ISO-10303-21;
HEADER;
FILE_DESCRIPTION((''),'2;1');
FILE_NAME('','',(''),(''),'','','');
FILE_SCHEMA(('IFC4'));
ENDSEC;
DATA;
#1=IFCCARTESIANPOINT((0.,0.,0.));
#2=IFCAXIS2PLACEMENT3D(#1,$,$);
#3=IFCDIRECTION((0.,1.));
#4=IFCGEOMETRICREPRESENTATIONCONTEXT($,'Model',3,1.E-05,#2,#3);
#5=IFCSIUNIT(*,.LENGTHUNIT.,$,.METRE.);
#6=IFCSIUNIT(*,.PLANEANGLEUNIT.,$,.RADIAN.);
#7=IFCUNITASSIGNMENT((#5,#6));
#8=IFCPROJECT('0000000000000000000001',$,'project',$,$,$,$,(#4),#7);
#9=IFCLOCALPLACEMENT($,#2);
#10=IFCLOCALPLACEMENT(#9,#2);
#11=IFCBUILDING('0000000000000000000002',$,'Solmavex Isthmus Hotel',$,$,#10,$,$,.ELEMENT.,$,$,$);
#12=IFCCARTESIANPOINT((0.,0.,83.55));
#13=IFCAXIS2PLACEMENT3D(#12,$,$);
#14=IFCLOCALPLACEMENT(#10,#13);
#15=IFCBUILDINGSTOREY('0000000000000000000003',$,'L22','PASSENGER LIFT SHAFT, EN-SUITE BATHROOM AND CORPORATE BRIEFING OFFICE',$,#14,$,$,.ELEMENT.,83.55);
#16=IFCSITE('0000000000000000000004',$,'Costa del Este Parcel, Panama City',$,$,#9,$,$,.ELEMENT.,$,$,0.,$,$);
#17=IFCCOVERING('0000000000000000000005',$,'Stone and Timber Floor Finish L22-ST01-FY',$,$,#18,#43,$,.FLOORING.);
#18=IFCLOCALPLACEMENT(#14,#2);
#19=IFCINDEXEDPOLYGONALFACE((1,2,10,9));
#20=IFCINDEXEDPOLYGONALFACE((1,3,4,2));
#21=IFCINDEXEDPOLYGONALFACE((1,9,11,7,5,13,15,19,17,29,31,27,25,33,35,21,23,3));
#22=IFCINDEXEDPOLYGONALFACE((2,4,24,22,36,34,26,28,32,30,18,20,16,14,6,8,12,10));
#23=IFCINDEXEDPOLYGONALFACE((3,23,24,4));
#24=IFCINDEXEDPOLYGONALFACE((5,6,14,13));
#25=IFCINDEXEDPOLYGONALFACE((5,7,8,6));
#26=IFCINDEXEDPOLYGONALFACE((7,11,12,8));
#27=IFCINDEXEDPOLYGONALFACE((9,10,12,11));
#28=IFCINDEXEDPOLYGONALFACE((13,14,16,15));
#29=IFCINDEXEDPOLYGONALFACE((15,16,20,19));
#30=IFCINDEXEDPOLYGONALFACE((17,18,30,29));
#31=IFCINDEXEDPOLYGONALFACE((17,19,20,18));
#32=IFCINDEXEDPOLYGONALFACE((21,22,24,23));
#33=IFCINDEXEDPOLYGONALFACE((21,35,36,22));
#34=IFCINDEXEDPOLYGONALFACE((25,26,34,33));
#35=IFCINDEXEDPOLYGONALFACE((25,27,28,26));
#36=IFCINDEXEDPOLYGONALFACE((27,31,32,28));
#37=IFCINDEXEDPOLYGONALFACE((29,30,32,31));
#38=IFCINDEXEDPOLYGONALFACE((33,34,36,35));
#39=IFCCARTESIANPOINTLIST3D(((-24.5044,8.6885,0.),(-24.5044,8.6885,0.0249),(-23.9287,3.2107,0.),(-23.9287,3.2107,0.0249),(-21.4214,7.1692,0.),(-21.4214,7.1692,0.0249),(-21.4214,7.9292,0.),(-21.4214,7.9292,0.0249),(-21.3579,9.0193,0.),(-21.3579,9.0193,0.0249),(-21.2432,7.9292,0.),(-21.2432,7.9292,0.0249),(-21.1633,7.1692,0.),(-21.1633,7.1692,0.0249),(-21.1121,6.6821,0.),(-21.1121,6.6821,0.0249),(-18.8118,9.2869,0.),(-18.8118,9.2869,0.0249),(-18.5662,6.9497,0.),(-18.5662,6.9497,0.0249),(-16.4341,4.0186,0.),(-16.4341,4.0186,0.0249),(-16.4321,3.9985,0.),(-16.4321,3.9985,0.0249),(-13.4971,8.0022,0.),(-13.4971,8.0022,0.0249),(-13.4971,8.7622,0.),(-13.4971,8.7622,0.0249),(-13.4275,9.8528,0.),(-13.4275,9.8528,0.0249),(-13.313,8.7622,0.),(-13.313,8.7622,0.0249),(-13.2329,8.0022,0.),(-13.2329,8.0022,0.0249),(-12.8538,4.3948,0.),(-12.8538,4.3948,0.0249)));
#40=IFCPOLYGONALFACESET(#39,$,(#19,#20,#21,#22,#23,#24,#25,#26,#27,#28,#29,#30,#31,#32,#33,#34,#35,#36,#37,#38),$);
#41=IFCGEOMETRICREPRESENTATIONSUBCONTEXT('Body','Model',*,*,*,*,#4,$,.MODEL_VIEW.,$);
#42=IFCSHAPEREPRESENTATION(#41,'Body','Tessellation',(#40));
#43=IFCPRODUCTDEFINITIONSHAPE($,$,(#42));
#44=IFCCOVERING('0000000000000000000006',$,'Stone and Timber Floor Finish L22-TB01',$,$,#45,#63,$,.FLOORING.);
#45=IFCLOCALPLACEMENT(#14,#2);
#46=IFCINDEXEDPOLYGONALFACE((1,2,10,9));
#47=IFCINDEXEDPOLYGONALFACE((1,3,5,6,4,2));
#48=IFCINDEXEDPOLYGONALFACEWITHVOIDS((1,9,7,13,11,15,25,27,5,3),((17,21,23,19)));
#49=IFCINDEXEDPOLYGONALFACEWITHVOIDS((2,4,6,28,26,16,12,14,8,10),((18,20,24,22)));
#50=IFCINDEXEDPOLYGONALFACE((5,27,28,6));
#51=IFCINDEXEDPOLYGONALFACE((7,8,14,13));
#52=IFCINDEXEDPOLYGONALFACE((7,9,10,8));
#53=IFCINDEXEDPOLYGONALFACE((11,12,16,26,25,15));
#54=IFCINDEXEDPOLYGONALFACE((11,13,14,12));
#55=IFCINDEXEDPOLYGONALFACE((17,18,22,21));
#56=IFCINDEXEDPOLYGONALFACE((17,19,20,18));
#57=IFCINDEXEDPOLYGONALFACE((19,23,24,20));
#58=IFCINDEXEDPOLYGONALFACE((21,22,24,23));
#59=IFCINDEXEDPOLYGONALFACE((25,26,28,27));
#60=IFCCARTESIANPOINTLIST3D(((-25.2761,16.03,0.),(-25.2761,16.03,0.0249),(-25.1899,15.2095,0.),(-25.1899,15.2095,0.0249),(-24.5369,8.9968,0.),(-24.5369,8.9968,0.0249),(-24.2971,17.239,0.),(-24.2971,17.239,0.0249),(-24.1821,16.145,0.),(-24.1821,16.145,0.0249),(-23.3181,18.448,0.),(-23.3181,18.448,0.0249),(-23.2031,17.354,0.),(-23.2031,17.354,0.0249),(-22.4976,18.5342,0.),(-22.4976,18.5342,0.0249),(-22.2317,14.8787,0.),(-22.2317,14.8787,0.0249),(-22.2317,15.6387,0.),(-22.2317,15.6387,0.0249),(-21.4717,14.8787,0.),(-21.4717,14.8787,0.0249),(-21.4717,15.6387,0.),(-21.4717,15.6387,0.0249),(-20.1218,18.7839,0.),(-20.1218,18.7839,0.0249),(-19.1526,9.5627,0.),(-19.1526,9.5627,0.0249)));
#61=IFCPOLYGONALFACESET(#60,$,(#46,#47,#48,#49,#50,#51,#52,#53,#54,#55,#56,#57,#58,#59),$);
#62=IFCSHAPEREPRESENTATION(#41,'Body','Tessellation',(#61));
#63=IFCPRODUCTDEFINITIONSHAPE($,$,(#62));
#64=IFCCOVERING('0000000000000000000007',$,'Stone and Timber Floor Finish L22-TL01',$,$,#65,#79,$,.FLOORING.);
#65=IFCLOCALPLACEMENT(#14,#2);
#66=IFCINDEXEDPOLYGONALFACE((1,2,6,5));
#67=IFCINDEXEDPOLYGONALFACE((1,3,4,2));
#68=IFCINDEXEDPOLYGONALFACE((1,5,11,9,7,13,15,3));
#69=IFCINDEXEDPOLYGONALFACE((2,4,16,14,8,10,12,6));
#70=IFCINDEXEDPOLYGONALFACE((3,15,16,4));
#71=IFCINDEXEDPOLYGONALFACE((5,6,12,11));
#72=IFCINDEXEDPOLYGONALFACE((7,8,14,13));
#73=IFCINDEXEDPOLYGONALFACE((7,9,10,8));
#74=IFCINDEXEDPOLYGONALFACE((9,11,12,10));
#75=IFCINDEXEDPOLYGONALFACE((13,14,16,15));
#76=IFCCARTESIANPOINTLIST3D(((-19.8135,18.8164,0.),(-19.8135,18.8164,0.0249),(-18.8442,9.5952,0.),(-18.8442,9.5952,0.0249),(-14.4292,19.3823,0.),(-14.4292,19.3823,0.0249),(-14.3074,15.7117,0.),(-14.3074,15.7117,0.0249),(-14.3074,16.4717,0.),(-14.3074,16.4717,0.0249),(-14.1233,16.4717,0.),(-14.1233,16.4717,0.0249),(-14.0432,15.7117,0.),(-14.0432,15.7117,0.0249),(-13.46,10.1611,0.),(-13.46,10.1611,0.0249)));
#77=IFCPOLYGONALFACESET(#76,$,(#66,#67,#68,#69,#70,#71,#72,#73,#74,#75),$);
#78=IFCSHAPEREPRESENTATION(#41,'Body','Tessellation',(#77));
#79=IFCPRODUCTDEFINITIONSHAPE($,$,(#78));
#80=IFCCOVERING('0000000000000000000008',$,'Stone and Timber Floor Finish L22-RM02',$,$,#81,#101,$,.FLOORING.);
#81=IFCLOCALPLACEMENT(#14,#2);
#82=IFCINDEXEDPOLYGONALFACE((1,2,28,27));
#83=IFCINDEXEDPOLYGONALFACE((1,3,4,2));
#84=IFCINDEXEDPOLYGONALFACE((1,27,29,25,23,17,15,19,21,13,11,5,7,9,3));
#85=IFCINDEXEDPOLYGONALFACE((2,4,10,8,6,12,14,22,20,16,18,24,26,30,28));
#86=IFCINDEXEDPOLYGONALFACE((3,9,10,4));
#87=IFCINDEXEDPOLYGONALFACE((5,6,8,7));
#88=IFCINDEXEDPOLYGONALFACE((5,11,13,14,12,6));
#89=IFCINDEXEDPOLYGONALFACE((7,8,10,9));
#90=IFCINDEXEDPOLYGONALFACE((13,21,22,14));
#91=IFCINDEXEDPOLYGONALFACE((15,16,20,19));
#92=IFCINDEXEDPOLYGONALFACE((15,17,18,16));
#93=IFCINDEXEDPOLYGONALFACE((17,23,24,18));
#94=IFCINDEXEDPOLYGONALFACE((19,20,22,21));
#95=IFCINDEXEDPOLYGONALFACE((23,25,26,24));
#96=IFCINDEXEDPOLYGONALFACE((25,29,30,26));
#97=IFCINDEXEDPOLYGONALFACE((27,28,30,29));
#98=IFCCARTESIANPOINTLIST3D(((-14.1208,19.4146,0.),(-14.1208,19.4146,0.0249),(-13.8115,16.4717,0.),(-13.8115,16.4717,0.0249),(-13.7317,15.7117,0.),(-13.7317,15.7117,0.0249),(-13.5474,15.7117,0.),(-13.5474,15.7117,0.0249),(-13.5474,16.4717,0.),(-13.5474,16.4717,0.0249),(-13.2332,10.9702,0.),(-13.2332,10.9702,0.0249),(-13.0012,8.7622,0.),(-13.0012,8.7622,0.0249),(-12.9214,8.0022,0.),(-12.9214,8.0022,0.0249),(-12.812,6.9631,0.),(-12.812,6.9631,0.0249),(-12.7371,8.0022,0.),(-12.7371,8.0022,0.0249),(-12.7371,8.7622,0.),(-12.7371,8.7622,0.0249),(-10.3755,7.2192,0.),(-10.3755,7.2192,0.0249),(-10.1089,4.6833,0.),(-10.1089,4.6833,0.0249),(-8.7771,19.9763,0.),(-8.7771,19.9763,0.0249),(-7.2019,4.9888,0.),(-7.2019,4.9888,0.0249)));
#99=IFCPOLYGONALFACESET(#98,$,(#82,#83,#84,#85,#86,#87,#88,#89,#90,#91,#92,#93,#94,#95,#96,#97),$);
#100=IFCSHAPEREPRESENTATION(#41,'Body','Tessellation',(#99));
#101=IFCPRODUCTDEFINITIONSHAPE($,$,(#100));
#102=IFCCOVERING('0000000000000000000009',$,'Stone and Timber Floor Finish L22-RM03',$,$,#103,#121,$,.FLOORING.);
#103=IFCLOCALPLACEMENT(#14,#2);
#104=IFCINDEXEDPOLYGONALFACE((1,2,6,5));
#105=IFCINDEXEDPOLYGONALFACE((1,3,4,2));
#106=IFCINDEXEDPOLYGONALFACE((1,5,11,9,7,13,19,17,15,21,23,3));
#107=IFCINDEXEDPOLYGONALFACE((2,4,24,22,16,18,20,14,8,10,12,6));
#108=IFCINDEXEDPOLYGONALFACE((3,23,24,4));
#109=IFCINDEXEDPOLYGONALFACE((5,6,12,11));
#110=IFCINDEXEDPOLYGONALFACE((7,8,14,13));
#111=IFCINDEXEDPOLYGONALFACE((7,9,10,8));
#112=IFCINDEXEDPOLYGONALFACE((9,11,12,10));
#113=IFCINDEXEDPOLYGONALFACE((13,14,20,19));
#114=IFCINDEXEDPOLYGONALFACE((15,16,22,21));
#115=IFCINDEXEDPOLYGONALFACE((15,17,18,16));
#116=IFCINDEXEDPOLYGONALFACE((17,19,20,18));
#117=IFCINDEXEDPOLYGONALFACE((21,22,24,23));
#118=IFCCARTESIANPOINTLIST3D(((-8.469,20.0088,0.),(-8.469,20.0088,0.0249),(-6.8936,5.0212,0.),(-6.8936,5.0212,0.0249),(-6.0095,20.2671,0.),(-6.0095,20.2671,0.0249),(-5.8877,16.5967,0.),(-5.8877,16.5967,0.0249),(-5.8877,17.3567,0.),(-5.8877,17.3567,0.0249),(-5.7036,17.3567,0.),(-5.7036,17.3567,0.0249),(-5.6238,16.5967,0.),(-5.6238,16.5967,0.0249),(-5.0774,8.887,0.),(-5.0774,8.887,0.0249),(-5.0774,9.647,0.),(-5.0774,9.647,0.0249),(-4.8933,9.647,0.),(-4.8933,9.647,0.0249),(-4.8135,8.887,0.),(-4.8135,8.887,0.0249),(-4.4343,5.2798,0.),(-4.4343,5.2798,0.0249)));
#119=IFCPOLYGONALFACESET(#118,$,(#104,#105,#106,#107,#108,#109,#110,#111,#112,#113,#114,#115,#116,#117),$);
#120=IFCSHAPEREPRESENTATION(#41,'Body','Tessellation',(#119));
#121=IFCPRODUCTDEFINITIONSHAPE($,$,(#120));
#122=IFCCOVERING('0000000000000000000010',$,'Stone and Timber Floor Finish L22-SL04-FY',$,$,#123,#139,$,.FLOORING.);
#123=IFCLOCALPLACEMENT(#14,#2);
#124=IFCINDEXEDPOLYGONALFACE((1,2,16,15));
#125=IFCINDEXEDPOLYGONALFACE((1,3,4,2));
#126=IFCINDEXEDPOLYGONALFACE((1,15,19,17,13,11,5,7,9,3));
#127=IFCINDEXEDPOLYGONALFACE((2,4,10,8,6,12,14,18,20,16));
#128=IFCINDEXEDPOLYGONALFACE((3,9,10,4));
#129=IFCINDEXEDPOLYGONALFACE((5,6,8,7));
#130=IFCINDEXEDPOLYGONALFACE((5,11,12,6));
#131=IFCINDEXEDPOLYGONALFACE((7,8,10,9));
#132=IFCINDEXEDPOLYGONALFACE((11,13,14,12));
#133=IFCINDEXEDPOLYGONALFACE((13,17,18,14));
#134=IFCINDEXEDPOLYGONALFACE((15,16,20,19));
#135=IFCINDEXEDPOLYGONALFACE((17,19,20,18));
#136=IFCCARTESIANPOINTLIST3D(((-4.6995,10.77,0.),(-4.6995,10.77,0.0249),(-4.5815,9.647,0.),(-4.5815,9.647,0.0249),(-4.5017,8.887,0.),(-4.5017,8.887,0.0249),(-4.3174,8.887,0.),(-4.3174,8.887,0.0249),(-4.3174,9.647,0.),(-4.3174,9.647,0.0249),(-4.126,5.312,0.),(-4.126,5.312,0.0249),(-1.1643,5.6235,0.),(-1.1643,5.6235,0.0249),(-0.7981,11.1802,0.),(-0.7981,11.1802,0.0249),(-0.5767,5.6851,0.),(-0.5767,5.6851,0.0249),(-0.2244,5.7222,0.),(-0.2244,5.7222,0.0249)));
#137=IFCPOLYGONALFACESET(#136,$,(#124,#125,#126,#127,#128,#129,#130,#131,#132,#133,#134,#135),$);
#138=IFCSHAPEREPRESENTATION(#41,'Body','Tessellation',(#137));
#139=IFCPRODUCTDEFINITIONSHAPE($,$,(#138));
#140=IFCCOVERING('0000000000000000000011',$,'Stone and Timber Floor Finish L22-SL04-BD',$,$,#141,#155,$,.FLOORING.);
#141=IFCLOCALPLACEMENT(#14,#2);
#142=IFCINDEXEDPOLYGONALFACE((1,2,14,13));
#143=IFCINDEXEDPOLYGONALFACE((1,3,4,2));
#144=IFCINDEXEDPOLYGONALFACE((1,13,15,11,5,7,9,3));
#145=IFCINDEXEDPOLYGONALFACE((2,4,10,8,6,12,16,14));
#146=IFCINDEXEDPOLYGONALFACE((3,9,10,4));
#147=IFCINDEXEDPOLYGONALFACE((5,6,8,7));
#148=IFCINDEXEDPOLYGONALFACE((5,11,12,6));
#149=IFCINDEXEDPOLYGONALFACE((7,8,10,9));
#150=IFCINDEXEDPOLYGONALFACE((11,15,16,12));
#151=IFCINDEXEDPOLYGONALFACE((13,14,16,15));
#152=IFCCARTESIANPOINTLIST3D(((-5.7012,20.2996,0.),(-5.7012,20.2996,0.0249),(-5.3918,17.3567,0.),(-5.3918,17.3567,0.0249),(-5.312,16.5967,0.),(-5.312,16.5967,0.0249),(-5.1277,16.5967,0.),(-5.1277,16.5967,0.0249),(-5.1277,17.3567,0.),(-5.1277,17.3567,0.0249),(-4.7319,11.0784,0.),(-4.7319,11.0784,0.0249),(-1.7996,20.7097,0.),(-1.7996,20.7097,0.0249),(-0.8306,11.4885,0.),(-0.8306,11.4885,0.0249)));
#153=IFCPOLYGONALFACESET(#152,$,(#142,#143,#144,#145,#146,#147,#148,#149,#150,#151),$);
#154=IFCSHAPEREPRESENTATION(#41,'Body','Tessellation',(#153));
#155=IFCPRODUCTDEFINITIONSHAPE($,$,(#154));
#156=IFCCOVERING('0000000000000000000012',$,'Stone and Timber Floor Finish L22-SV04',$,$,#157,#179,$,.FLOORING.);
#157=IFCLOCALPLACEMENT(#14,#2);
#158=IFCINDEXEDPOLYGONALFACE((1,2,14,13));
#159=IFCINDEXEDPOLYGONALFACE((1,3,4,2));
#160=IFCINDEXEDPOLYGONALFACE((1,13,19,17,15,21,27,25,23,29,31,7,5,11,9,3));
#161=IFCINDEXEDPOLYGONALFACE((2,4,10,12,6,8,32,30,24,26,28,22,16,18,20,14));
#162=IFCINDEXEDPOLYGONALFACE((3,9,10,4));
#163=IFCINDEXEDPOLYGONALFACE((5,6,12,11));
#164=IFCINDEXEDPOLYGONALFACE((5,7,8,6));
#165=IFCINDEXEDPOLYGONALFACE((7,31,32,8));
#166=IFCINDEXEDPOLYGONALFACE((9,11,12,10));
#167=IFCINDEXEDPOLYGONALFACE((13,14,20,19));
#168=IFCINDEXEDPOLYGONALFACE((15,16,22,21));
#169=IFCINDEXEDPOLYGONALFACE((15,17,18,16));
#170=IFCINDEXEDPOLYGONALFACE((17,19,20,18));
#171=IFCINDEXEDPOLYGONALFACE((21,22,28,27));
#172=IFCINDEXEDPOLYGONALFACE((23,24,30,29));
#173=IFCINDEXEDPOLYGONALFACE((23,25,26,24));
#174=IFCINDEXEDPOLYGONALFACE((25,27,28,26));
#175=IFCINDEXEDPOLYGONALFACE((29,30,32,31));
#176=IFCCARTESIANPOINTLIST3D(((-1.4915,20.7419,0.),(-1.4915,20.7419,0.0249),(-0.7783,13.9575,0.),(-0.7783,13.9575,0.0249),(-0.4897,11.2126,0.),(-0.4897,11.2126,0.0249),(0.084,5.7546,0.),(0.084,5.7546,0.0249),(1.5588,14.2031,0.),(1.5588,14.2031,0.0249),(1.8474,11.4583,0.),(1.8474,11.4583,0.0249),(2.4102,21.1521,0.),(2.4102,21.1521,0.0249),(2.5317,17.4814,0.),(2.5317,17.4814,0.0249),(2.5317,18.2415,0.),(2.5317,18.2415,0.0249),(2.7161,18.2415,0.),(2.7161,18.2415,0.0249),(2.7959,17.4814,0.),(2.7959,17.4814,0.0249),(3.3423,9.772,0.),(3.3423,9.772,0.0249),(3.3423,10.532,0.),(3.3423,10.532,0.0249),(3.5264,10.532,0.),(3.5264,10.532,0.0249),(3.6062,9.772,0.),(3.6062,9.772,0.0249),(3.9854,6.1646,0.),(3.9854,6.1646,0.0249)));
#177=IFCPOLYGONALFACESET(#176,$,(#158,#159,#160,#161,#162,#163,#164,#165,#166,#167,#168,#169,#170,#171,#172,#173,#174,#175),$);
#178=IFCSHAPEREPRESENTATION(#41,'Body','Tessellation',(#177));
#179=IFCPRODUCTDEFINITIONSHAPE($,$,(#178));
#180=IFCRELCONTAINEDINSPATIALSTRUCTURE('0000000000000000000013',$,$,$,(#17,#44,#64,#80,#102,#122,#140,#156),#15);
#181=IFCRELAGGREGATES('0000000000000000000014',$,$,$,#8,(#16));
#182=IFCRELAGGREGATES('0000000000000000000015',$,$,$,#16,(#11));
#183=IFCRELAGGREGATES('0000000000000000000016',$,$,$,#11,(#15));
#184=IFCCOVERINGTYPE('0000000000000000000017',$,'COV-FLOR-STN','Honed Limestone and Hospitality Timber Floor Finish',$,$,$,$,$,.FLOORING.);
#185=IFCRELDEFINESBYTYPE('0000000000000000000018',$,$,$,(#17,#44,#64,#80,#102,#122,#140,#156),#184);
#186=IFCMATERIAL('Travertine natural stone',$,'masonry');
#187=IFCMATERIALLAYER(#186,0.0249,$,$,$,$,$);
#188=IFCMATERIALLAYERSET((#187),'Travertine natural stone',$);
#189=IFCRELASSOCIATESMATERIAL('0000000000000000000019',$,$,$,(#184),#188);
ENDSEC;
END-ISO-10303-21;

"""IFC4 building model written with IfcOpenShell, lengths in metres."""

from ifc_helpers import new_model, si_unit, direction, frame, origin, place, context, subcontext, project, spatial, polyline, outline, extrude, material, layer, layer_set, type_object, element, save


model = new_model("IFC4")

# Units and contexts
model_context = context("Model", 3, precision=1e-05, world=origin(), true_north=direction((0.0, 1.0)))
body_context = subcontext(model_context, "Body", "Model", "MODEL_VIEW")
ifc_project = project(units=[si_unit("LENGTHUNIT", "METRE"), si_unit("PLANEANGLEUNIT", "RADIAN")], contexts=[model_context])

# Site, building, storey
site_placement = place(None, origin())
site = spatial("IfcSite", under=ifc_project, at=site_placement, Name="Costa del Este Parcel, Panama City", CompositionType="ELEMENT", RefElevation=0.0)
building_placement = place(site_placement, origin())
building = spatial("IfcBuilding", under=site, at=building_placement, Name="Solmavex Isthmus Hotel", CompositionType="ELEMENT")
storey_placement = place(building_placement, frame((0.0, 0.0, 83.55)))
storey = spatial("IfcBuildingStorey", under=building, at=storey_placement, Name="L22", Description="PASSENGER LIFT SHAFT, EN-SUITE BATHROOM AND CORPORATE BRIEFING OFFICE", CompositionType="ELEMENT", Elevation=83.55)

# Coverings
ifc_material_1 = material(Name="Travertine natural stone", Category="masonry")
ifc_layer_1 = layer(ifc_material_1, 0.0249)
ifc_layer_set_1 = layer_set([ifc_layer_1], Name="Travertine natural stone")
covering_type_1 = type_object("IfcCoveringType", Name="COV-FLOR-STN", Description="Honed Limestone and Hospitality Timber Floor Finish", PredefinedType="FLOORING", material=ifc_layer_set_1)
covering_1_placement = place(storey_placement, origin())
element("IfcCovering", 1, at=covering_1_placement, inside=storey, type_object=covering_type_1, Name="Stone and Timber Floor Finish L22-ST01-FY", PredefinedType="FLOORING", context=body_context, shape_type="SweptSolid", body=[
    extrude(outline(polyline([(-21.1633, 7.1692), (-21.4214, 7.1692), (-21.4214, 7.9292), (-21.2432, 7.9292), (-21.3579, 9.0193), (-24.5044, 8.6885), (-23.9287, 3.2107), (-16.4321, 3.9985), (-16.4341, 4.0186), (-12.8538, 4.3948), (-13.2329, 8.0022), (-13.4971, 8.0022), (-13.4971, 8.7622), (-13.313, 8.7622), (-13.4275, 9.8528), (-18.8118, 9.2869), (-18.5662, 6.9497), (-21.1121, 6.6821), (-21.1633, 7.1692)])), origin(), (0.0, 0.0, 1.0), 0.0249),
])
covering_2_placement = place(storey_placement, origin())
element("IfcCovering", 2, at=covering_2_placement, inside=storey, type_object=covering_type_1, Name="Stone and Timber Floor Finish L22-TB01", PredefinedType="FLOORING", context=body_context, shape_type="SweptSolid", body=[
    extrude(outline(polyline([(-25.2761, 16.03), (-25.1899, 15.2095), (-24.5369, 8.9968), (-19.1526, 9.5627), (-20.1218, 18.7839), (-22.4976, 18.5342), (-23.3181, 18.448), (-23.2031, 17.354), (-24.2971, 17.239), (-24.1821, 16.145), (-25.2761, 16.03)]), holes=[polyline([(-22.2317, 14.8787), (-22.2317, 15.6387), (-21.4717, 15.6387), (-21.4717, 14.8787), (-22.2317, 14.8787)])]), origin(), (0.0, 0.0, 1.0), 0.0249),
])
covering_3_placement = place(storey_placement, origin())
element("IfcCovering", 3, at=covering_3_placement, inside=storey, type_object=covering_type_1, Name="Stone and Timber Floor Finish L22-TL01", PredefinedType="FLOORING", context=body_context, shape_type="SweptSolid", body=[
    extrude(outline(polyline([(-14.0432, 15.7117), (-14.3074, 15.7117), (-14.3074, 16.4717), (-14.1233, 16.4717), (-14.4292, 19.3823), (-19.8135, 18.8164), (-18.8442, 9.5952), (-13.46, 10.1611), (-14.0432, 15.7117)])), origin(), (0.0, 0.0, 1.0), 0.0249),
])
covering_4_placement = place(storey_placement, origin())
element("IfcCovering", 4, at=covering_4_placement, inside=storey, type_object=covering_type_1, Name="Stone and Timber Floor Finish L22-RM02", PredefinedType="FLOORING", context=body_context, shape_type="SweptSolid", body=[
    extrude(outline(polyline([(-13.8115, 16.4717), (-13.5474, 16.4717), (-13.5474, 15.7117), (-13.7317, 15.7117), (-13.2332, 10.9702), (-13.0012, 8.7622), (-12.7371, 8.7622), (-12.7371, 8.0022), (-12.9214, 8.0022), (-12.812, 6.9631), (-10.3755, 7.2192), (-10.1089, 4.6833), (-7.2019, 4.9888), (-8.7771, 19.9763), (-14.1208, 19.4146), (-13.8115, 16.4717)])), origin(), (0.0, 0.0, 1.0), 0.0249),
])
covering_5_placement = place(storey_placement, origin())
element("IfcCovering", 5, at=covering_5_placement, inside=storey, type_object=covering_type_1, Name="Stone and Timber Floor Finish L22-RM03", PredefinedType="FLOORING", context=body_context, shape_type="SweptSolid", body=[
    extrude(outline(polyline([(-5.6238, 16.5967), (-5.8877, 16.5967), (-5.8877, 17.3567), (-5.7036, 17.3567), (-6.0095, 20.2671), (-8.469, 20.0088), (-6.8936, 5.0212), (-4.4343, 5.2798), (-4.8135, 8.887), (-5.0774, 8.887), (-5.0774, 9.647), (-4.8933, 9.647), (-5.6238, 16.5967)])), origin(), (0.0, 0.0, 1.0), 0.0249),
])
covering_6_placement = place(storey_placement, origin())
element("IfcCovering", 6, at=covering_6_placement, inside=storey, type_object=covering_type_1, Name="Stone and Timber Floor Finish L22-SL04-FY", PredefinedType="FLOORING", context=body_context, shape_type="SweptSolid", body=[
    extrude(outline(polyline([(-4.5815, 9.647), (-4.3174, 9.647), (-4.3174, 8.887), (-4.5017, 8.887), (-4.126, 5.312), (-1.1643, 5.6235), (-0.5767, 5.6851), (-0.2244, 5.7222), (-0.7981, 11.1802), (-4.6995, 10.77), (-4.5815, 9.647)])), origin(), (0.0, 0.0, 1.0), 0.0249),
])
covering_7_placement = place(storey_placement, origin())
element("IfcCovering", 7, at=covering_7_placement, inside=storey, type_object=covering_type_1, Name="Stone and Timber Floor Finish L22-SL04-BD", PredefinedType="FLOORING", context=body_context, shape_type="SweptSolid", body=[
    extrude(outline(polyline([(-5.3918, 17.3567), (-5.1277, 17.3567), (-5.1277, 16.5967), (-5.312, 16.5967), (-4.7319, 11.0784), (-0.8306, 11.4885), (-1.7996, 20.7097), (-5.7012, 20.2996), (-5.3918, 17.3567)])), origin(), (0.0, 0.0, 1.0), 0.0249),
])
covering_8_placement = place(storey_placement, origin())
element("IfcCovering", 8, at=covering_8_placement, inside=storey, type_object=covering_type_1, Name="Stone and Timber Floor Finish L22-SV04", PredefinedType="FLOORING", context=body_context, shape_type="SweptSolid", body=[
    extrude(outline(polyline([(-0.4897, 11.2126), (0.084, 5.7546), (3.9854, 6.1646), (3.6062, 9.772), (3.3423, 9.772), (3.3423, 10.532), (3.5264, 10.532), (2.7959, 17.4814), (2.5317, 17.4814), (2.5317, 18.2415), (2.7161, 18.2415), (2.4102, 21.1521), (-1.4915, 20.7419), (-0.7783, 13.9575), (1.5588, 14.2031), (1.8474, 11.4583), (-0.4897, 11.2126)])), origin(), (0.0, 0.0, 1.0), 0.0249),
])

save(model, "model.ifc")
